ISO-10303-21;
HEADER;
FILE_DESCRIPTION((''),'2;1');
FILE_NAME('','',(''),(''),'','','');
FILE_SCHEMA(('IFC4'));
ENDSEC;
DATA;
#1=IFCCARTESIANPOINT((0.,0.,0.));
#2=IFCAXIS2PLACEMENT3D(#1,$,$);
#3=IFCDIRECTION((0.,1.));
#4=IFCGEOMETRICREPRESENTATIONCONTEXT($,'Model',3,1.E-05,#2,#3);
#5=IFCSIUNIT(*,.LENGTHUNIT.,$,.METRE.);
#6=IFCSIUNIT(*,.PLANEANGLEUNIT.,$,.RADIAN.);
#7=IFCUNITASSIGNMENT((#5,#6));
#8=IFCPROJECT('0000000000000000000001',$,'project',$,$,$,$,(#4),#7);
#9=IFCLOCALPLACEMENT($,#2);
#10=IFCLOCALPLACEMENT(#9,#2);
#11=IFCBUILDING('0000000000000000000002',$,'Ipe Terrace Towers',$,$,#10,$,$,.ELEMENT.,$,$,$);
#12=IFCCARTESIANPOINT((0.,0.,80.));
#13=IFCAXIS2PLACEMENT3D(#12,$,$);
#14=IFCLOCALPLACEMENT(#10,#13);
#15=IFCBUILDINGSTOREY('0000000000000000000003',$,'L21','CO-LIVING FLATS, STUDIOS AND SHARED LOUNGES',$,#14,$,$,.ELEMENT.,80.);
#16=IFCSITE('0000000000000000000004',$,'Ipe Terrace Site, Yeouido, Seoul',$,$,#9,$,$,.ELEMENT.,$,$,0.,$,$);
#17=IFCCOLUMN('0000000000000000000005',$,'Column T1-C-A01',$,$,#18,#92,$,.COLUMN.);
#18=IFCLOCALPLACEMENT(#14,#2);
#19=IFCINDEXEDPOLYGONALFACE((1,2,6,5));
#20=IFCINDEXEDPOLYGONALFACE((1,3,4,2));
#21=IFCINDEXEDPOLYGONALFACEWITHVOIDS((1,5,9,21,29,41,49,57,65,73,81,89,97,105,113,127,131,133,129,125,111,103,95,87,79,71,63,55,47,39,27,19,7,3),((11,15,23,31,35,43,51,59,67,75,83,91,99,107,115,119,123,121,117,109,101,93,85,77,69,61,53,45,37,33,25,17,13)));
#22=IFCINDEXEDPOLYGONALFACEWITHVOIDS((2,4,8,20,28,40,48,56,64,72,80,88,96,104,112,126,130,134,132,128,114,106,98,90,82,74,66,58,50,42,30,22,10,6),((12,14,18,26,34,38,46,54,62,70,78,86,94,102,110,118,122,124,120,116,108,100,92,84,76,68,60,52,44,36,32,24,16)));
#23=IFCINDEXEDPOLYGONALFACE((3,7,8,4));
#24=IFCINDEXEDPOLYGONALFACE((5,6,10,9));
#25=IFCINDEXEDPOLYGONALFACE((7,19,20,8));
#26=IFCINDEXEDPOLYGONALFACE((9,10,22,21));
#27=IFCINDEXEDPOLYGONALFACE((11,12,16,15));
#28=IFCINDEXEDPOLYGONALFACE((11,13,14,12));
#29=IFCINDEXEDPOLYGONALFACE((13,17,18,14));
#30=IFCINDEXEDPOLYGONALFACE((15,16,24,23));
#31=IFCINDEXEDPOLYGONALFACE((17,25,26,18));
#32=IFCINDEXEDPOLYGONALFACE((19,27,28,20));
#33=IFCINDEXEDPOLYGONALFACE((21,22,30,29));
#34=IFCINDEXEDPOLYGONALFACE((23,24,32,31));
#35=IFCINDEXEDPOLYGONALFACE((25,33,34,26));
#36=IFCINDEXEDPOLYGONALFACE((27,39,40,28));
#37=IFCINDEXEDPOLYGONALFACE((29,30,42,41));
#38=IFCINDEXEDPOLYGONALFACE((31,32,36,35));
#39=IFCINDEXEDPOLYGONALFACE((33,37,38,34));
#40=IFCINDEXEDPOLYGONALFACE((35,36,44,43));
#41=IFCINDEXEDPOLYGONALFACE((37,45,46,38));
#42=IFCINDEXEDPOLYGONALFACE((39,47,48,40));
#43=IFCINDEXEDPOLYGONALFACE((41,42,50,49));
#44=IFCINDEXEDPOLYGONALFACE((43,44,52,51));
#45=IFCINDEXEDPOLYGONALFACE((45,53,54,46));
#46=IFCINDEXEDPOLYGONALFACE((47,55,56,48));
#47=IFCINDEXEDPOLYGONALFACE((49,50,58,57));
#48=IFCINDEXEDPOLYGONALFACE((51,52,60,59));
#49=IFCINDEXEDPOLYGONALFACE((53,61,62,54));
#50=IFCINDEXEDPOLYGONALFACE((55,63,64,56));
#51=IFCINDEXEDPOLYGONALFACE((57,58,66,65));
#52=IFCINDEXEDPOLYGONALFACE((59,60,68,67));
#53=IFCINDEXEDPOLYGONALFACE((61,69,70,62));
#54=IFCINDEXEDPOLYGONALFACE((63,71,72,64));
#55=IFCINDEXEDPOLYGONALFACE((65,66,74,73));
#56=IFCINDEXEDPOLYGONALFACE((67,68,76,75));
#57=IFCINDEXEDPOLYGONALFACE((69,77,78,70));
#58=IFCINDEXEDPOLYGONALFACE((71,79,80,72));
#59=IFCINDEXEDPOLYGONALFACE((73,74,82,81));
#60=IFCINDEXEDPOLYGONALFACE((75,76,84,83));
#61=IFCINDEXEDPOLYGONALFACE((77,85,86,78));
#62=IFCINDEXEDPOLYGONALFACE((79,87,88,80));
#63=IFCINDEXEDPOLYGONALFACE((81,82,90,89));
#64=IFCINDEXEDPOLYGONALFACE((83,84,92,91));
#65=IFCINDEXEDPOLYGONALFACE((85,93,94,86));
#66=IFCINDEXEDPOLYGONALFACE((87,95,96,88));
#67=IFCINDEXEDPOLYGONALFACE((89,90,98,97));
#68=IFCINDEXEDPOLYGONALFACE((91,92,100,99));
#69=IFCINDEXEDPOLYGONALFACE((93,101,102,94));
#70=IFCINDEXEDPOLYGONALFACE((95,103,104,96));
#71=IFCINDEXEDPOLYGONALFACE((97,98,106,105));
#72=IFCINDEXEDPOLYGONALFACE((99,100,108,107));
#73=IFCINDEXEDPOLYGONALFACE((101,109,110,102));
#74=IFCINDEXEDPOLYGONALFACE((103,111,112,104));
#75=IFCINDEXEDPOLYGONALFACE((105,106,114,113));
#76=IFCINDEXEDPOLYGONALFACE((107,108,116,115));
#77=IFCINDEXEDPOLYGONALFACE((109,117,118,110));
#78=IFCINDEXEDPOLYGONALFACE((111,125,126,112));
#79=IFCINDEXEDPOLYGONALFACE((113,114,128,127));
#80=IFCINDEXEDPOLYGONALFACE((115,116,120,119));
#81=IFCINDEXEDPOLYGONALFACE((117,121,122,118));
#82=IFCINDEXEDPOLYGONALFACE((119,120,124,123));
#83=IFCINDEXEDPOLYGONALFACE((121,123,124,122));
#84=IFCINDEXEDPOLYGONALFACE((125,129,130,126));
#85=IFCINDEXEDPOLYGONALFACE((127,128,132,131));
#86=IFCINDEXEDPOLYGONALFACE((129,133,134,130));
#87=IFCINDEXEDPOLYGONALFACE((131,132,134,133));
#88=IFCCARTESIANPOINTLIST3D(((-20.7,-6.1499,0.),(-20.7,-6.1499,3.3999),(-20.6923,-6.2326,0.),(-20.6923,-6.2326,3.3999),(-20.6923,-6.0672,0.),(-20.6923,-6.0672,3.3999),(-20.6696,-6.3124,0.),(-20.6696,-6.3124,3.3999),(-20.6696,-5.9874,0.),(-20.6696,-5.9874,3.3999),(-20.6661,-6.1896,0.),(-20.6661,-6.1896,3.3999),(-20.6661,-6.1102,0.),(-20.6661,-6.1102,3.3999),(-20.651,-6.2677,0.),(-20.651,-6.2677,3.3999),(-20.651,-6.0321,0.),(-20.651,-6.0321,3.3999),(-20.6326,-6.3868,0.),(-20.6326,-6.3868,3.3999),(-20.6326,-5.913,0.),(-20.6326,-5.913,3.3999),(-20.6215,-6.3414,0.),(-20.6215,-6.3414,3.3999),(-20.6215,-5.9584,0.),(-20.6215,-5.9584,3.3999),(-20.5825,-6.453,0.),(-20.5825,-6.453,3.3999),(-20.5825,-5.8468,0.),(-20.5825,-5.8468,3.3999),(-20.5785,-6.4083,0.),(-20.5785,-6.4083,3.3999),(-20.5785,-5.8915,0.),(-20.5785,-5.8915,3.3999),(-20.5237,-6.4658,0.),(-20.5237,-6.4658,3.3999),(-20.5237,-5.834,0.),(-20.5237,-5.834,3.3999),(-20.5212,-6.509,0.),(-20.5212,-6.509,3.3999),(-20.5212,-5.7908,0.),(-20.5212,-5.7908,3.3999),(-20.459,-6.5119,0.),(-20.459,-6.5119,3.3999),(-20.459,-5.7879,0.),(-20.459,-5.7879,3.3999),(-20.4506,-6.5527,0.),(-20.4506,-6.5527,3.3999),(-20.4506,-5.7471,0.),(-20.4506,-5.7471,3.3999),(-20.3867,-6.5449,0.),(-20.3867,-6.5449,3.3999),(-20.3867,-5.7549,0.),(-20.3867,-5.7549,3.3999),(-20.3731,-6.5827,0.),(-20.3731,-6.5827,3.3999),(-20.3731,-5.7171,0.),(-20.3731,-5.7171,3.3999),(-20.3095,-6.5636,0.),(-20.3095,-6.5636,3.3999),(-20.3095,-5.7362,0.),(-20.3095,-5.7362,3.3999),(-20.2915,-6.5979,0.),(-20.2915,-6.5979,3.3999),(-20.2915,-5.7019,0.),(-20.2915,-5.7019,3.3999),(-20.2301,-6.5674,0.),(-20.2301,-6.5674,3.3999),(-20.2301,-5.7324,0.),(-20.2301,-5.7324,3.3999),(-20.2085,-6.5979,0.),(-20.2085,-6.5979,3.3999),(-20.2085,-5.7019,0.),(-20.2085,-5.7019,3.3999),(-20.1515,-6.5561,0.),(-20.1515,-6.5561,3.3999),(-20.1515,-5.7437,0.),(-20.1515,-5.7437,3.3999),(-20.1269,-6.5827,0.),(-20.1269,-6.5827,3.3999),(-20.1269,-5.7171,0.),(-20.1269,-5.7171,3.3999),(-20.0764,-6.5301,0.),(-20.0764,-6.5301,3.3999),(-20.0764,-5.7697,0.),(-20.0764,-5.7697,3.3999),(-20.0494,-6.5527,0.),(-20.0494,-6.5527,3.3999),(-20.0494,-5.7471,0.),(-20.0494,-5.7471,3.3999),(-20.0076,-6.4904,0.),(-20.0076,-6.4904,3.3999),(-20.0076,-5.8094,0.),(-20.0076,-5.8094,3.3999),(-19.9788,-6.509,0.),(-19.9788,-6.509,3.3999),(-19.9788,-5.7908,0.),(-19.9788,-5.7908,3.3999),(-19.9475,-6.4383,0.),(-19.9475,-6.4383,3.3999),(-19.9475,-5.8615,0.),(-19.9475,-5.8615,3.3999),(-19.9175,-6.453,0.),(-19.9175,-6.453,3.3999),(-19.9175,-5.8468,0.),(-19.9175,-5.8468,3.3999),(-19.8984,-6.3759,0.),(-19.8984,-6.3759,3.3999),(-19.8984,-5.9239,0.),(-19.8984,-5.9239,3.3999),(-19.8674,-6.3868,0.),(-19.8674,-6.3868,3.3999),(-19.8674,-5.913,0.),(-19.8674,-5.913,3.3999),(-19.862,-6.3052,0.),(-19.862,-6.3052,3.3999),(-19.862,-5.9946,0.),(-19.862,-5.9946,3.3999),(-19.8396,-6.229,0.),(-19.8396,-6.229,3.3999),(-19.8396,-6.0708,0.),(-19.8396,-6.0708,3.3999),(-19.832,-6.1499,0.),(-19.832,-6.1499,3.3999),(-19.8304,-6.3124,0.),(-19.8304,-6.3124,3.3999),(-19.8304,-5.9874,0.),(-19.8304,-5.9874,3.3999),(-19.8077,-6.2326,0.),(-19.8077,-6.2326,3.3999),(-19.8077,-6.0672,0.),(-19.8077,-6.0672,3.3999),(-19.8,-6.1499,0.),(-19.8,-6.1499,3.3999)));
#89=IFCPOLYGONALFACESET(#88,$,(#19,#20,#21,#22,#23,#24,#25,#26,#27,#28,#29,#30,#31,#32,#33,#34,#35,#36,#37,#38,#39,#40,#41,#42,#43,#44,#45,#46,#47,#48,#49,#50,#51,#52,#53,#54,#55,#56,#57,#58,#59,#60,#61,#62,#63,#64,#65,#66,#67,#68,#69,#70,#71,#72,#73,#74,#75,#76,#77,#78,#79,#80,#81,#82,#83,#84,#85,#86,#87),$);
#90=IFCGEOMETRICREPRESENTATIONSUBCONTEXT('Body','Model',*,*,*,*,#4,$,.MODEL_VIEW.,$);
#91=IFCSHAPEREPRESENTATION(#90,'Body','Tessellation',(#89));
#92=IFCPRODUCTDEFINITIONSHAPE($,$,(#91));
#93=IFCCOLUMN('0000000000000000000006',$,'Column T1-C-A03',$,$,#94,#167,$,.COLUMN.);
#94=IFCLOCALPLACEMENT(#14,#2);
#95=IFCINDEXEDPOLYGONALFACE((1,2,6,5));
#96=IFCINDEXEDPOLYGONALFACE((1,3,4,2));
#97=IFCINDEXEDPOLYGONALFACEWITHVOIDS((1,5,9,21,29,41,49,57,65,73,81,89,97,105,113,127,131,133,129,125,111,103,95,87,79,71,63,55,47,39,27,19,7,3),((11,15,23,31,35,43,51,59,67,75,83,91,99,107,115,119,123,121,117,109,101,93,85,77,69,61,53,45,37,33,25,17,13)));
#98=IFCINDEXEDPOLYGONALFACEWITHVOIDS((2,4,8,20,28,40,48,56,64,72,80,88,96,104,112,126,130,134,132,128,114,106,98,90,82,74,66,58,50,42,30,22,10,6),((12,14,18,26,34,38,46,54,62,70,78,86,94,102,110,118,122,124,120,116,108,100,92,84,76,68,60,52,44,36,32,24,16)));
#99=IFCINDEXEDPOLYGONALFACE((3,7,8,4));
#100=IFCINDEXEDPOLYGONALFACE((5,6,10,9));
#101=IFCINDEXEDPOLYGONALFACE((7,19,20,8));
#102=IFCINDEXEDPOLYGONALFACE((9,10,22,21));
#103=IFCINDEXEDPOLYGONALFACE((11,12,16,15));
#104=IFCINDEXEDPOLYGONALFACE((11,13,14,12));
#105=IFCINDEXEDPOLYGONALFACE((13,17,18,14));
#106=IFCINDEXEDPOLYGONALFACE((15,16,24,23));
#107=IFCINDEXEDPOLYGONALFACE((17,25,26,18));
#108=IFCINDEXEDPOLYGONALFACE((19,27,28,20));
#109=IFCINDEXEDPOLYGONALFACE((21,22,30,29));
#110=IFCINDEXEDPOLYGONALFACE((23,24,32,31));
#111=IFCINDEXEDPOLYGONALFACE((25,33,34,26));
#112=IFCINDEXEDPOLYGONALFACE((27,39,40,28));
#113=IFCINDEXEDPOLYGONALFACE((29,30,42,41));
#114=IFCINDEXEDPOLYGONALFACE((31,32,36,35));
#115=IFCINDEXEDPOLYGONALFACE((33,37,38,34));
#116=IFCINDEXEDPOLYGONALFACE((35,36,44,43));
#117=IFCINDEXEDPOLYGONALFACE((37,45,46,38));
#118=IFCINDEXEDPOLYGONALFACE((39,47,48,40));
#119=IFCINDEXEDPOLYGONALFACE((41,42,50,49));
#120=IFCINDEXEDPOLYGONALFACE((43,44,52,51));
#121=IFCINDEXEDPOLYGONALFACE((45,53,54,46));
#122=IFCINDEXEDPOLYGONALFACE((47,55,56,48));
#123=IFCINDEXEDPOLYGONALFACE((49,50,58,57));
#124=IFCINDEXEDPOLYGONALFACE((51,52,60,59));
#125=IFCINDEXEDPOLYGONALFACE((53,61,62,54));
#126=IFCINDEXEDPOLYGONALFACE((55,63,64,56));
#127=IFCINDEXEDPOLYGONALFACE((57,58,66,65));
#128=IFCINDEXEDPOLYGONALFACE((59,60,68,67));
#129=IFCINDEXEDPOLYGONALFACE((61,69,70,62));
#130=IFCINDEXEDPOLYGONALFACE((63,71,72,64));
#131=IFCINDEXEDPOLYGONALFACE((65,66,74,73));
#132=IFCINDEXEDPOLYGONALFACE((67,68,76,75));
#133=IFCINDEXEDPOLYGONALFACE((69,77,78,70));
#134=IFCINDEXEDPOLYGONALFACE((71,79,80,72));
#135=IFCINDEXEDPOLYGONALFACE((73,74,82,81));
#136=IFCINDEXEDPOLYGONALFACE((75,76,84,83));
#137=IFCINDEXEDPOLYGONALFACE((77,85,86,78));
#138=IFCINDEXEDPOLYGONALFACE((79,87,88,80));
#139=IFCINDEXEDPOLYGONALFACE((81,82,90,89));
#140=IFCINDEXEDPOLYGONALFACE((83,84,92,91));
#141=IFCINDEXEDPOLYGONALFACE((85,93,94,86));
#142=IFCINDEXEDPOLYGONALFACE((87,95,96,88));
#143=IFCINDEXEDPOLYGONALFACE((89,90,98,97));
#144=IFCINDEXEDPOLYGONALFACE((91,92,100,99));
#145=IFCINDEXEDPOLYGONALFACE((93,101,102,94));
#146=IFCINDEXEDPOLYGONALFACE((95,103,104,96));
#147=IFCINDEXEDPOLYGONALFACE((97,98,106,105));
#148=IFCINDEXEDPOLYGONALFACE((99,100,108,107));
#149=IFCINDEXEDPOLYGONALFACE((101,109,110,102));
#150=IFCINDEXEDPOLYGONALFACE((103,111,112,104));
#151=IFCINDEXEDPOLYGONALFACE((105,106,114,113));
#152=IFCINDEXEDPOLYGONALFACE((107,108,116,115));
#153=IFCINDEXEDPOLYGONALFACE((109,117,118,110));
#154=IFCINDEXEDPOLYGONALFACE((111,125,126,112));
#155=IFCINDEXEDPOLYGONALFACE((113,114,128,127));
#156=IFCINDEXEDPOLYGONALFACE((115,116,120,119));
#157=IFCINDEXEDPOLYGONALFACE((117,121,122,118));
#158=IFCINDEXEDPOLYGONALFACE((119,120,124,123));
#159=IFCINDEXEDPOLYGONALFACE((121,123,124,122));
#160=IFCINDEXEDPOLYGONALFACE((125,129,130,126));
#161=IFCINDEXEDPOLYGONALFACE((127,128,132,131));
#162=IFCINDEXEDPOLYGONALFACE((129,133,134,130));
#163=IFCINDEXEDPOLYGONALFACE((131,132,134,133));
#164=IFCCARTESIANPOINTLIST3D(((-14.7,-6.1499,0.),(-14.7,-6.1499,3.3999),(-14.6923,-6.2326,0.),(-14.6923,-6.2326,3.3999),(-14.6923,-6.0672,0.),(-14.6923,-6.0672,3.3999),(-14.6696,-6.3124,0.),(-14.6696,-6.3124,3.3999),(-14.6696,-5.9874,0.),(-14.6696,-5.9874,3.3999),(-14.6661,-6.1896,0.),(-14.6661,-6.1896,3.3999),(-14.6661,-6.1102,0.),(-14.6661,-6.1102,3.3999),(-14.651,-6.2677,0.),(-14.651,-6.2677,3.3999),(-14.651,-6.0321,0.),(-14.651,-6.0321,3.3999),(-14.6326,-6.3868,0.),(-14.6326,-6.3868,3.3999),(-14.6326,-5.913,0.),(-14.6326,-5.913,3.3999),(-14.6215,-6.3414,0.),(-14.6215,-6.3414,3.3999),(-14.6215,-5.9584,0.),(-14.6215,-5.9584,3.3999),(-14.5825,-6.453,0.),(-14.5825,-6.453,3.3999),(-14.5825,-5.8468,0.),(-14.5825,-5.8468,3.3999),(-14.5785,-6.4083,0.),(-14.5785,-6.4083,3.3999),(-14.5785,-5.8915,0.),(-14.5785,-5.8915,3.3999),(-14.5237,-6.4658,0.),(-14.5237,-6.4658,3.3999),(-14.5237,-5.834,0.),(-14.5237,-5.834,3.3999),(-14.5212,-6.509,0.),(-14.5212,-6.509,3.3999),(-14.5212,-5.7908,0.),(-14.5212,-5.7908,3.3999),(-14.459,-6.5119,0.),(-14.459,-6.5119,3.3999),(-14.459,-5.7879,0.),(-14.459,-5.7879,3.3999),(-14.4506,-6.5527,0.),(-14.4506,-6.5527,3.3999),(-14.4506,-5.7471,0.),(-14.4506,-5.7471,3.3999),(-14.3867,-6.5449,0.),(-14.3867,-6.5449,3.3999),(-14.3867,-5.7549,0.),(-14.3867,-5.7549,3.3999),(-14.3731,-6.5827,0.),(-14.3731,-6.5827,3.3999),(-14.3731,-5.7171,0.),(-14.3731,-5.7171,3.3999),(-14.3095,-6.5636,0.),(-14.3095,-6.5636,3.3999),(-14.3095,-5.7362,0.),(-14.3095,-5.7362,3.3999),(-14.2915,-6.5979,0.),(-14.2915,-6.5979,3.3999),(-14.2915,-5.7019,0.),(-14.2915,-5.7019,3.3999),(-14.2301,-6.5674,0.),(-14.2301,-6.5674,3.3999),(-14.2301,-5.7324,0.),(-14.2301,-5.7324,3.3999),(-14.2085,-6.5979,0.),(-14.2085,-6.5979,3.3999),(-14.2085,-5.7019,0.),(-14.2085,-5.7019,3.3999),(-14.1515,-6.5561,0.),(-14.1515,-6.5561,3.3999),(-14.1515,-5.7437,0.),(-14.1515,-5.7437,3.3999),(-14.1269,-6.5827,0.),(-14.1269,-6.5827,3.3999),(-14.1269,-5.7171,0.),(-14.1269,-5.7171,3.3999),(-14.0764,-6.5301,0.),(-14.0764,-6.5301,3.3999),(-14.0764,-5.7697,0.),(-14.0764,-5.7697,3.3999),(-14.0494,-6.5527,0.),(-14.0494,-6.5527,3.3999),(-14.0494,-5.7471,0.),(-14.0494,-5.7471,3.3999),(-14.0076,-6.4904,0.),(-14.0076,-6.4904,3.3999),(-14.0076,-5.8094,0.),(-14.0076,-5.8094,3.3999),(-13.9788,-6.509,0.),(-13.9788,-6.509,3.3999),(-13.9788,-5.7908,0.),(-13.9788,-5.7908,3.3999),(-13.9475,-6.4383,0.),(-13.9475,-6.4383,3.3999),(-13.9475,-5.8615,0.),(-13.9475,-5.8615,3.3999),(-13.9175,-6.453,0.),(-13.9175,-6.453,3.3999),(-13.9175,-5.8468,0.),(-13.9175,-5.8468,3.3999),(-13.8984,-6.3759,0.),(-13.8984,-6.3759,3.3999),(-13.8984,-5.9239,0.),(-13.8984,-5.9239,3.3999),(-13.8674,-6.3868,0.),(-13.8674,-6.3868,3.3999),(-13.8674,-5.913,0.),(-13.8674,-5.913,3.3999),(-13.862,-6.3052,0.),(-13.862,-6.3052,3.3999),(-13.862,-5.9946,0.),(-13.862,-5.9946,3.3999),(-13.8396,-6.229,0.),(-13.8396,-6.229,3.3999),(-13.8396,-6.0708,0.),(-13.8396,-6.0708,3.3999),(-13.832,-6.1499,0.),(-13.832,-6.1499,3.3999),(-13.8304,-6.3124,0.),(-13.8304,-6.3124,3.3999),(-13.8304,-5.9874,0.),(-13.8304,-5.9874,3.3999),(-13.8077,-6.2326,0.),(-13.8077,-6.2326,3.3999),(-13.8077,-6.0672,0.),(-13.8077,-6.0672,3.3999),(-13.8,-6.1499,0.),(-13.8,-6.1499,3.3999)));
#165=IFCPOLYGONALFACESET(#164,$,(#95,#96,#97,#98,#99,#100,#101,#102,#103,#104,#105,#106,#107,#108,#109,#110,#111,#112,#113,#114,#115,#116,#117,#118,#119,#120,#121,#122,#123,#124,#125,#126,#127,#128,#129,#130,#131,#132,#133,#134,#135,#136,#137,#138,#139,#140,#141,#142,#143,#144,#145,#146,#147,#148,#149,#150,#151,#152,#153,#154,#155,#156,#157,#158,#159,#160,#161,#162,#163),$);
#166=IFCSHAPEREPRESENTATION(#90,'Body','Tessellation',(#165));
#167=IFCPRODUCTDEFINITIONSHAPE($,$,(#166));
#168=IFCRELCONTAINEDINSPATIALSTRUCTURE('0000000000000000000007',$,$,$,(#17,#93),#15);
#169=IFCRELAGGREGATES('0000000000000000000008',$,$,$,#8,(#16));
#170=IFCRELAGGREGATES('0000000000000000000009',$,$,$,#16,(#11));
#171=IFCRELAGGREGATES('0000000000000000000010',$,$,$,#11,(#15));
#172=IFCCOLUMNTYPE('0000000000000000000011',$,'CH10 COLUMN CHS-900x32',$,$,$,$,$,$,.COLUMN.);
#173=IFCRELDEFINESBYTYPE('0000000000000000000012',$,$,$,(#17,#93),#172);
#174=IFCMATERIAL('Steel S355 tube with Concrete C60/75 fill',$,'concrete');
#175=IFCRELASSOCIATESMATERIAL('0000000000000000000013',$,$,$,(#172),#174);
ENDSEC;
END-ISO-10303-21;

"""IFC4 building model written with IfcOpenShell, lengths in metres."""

from ifc_helpers import new_model, si_unit, direction, frame, origin, origin_2d, place, context, subcontext, project, spatial, hollow_circle, extrude, material, material_profile, profile_set, type_object, element, save


model = new_model("IFC4")

# Units and contexts
model_context = context("Model", 3, precision=1e-05, world=origin(), true_north=direction((0.0, 1.0)))
body_context = subcontext(model_context, "Body", "Model", "MODEL_VIEW")
ifc_project = project(units=[si_unit("LENGTHUNIT", "METRE"), si_unit("PLANEANGLEUNIT", "RADIAN")], contexts=[model_context])

# Site, building, storey
site_placement = place(None, origin())
site = spatial("IfcSite", under=ifc_project, at=site_placement, Name="Ipe Terrace Site, Yeouido, Seoul", CompositionType="ELEMENT", RefElevation=0.0)
building_placement = place(site_placement, origin())
building = spatial("IfcBuilding", under=site, at=building_placement, Name="Ipe Terrace Towers", CompositionType="ELEMENT")
storey_placement = place(building_placement, frame((0.0, 0.0, 80.0)))
storey = spatial("IfcBuildingStorey", under=building, at=storey_placement, Name="L21", Description="CO-LIVING FLATS, STUDIOS AND SHARED LOUNGES", CompositionType="ELEMENT", Elevation=80.0)

# Columns
ifc_material_1 = material(Name="Steel S355 tube with Concrete C60/75 fill", Category="concrete")
ifc_material_profile_1 = material_profile(ifc_material_1, hollow_circle(Radius=0.45, WallThickness=0.032, at=origin_2d()), Name="CHS-900x32")
ifc_profile_set_1 = profile_set([ifc_material_profile_1], Name="Steel S355 tube with Concrete C60/75 fill")
column_type = type_object("IfcColumnType", Name="CH10 COLUMN CHS-900x32", PredefinedType="COLUMN", material=ifc_profile_set_1)
for number, where, z_axis, x_axis, name in (
    (1, (-20.25, -6.1499, 0.0), (0.0, 0.0, 1.0), (1.0, 0.0, 0.0), "Column T1-C-A01"),
    (2, (-14.25, -6.1499, 0.0), (0.0, 0.0, 1.0), (1.0, 0.0, 0.0), "Column T1-C-A03"),
):
    element("IfcColumn", number, at=place(storey_placement, frame(where, z_axis=z_axis, x_axis=x_axis)), inside=storey, type_object=column_type, Name=name, PredefinedType="COLUMN", context=body_context, shape_type="SweptSolid", body=[
        extrude(hollow_circle(Radius=0.45, WallThickness=0.032, at=origin_2d()), origin(), (0.0, 0.0, 1.0), 3.3999),
    ])

save(model, "model.ifc")
